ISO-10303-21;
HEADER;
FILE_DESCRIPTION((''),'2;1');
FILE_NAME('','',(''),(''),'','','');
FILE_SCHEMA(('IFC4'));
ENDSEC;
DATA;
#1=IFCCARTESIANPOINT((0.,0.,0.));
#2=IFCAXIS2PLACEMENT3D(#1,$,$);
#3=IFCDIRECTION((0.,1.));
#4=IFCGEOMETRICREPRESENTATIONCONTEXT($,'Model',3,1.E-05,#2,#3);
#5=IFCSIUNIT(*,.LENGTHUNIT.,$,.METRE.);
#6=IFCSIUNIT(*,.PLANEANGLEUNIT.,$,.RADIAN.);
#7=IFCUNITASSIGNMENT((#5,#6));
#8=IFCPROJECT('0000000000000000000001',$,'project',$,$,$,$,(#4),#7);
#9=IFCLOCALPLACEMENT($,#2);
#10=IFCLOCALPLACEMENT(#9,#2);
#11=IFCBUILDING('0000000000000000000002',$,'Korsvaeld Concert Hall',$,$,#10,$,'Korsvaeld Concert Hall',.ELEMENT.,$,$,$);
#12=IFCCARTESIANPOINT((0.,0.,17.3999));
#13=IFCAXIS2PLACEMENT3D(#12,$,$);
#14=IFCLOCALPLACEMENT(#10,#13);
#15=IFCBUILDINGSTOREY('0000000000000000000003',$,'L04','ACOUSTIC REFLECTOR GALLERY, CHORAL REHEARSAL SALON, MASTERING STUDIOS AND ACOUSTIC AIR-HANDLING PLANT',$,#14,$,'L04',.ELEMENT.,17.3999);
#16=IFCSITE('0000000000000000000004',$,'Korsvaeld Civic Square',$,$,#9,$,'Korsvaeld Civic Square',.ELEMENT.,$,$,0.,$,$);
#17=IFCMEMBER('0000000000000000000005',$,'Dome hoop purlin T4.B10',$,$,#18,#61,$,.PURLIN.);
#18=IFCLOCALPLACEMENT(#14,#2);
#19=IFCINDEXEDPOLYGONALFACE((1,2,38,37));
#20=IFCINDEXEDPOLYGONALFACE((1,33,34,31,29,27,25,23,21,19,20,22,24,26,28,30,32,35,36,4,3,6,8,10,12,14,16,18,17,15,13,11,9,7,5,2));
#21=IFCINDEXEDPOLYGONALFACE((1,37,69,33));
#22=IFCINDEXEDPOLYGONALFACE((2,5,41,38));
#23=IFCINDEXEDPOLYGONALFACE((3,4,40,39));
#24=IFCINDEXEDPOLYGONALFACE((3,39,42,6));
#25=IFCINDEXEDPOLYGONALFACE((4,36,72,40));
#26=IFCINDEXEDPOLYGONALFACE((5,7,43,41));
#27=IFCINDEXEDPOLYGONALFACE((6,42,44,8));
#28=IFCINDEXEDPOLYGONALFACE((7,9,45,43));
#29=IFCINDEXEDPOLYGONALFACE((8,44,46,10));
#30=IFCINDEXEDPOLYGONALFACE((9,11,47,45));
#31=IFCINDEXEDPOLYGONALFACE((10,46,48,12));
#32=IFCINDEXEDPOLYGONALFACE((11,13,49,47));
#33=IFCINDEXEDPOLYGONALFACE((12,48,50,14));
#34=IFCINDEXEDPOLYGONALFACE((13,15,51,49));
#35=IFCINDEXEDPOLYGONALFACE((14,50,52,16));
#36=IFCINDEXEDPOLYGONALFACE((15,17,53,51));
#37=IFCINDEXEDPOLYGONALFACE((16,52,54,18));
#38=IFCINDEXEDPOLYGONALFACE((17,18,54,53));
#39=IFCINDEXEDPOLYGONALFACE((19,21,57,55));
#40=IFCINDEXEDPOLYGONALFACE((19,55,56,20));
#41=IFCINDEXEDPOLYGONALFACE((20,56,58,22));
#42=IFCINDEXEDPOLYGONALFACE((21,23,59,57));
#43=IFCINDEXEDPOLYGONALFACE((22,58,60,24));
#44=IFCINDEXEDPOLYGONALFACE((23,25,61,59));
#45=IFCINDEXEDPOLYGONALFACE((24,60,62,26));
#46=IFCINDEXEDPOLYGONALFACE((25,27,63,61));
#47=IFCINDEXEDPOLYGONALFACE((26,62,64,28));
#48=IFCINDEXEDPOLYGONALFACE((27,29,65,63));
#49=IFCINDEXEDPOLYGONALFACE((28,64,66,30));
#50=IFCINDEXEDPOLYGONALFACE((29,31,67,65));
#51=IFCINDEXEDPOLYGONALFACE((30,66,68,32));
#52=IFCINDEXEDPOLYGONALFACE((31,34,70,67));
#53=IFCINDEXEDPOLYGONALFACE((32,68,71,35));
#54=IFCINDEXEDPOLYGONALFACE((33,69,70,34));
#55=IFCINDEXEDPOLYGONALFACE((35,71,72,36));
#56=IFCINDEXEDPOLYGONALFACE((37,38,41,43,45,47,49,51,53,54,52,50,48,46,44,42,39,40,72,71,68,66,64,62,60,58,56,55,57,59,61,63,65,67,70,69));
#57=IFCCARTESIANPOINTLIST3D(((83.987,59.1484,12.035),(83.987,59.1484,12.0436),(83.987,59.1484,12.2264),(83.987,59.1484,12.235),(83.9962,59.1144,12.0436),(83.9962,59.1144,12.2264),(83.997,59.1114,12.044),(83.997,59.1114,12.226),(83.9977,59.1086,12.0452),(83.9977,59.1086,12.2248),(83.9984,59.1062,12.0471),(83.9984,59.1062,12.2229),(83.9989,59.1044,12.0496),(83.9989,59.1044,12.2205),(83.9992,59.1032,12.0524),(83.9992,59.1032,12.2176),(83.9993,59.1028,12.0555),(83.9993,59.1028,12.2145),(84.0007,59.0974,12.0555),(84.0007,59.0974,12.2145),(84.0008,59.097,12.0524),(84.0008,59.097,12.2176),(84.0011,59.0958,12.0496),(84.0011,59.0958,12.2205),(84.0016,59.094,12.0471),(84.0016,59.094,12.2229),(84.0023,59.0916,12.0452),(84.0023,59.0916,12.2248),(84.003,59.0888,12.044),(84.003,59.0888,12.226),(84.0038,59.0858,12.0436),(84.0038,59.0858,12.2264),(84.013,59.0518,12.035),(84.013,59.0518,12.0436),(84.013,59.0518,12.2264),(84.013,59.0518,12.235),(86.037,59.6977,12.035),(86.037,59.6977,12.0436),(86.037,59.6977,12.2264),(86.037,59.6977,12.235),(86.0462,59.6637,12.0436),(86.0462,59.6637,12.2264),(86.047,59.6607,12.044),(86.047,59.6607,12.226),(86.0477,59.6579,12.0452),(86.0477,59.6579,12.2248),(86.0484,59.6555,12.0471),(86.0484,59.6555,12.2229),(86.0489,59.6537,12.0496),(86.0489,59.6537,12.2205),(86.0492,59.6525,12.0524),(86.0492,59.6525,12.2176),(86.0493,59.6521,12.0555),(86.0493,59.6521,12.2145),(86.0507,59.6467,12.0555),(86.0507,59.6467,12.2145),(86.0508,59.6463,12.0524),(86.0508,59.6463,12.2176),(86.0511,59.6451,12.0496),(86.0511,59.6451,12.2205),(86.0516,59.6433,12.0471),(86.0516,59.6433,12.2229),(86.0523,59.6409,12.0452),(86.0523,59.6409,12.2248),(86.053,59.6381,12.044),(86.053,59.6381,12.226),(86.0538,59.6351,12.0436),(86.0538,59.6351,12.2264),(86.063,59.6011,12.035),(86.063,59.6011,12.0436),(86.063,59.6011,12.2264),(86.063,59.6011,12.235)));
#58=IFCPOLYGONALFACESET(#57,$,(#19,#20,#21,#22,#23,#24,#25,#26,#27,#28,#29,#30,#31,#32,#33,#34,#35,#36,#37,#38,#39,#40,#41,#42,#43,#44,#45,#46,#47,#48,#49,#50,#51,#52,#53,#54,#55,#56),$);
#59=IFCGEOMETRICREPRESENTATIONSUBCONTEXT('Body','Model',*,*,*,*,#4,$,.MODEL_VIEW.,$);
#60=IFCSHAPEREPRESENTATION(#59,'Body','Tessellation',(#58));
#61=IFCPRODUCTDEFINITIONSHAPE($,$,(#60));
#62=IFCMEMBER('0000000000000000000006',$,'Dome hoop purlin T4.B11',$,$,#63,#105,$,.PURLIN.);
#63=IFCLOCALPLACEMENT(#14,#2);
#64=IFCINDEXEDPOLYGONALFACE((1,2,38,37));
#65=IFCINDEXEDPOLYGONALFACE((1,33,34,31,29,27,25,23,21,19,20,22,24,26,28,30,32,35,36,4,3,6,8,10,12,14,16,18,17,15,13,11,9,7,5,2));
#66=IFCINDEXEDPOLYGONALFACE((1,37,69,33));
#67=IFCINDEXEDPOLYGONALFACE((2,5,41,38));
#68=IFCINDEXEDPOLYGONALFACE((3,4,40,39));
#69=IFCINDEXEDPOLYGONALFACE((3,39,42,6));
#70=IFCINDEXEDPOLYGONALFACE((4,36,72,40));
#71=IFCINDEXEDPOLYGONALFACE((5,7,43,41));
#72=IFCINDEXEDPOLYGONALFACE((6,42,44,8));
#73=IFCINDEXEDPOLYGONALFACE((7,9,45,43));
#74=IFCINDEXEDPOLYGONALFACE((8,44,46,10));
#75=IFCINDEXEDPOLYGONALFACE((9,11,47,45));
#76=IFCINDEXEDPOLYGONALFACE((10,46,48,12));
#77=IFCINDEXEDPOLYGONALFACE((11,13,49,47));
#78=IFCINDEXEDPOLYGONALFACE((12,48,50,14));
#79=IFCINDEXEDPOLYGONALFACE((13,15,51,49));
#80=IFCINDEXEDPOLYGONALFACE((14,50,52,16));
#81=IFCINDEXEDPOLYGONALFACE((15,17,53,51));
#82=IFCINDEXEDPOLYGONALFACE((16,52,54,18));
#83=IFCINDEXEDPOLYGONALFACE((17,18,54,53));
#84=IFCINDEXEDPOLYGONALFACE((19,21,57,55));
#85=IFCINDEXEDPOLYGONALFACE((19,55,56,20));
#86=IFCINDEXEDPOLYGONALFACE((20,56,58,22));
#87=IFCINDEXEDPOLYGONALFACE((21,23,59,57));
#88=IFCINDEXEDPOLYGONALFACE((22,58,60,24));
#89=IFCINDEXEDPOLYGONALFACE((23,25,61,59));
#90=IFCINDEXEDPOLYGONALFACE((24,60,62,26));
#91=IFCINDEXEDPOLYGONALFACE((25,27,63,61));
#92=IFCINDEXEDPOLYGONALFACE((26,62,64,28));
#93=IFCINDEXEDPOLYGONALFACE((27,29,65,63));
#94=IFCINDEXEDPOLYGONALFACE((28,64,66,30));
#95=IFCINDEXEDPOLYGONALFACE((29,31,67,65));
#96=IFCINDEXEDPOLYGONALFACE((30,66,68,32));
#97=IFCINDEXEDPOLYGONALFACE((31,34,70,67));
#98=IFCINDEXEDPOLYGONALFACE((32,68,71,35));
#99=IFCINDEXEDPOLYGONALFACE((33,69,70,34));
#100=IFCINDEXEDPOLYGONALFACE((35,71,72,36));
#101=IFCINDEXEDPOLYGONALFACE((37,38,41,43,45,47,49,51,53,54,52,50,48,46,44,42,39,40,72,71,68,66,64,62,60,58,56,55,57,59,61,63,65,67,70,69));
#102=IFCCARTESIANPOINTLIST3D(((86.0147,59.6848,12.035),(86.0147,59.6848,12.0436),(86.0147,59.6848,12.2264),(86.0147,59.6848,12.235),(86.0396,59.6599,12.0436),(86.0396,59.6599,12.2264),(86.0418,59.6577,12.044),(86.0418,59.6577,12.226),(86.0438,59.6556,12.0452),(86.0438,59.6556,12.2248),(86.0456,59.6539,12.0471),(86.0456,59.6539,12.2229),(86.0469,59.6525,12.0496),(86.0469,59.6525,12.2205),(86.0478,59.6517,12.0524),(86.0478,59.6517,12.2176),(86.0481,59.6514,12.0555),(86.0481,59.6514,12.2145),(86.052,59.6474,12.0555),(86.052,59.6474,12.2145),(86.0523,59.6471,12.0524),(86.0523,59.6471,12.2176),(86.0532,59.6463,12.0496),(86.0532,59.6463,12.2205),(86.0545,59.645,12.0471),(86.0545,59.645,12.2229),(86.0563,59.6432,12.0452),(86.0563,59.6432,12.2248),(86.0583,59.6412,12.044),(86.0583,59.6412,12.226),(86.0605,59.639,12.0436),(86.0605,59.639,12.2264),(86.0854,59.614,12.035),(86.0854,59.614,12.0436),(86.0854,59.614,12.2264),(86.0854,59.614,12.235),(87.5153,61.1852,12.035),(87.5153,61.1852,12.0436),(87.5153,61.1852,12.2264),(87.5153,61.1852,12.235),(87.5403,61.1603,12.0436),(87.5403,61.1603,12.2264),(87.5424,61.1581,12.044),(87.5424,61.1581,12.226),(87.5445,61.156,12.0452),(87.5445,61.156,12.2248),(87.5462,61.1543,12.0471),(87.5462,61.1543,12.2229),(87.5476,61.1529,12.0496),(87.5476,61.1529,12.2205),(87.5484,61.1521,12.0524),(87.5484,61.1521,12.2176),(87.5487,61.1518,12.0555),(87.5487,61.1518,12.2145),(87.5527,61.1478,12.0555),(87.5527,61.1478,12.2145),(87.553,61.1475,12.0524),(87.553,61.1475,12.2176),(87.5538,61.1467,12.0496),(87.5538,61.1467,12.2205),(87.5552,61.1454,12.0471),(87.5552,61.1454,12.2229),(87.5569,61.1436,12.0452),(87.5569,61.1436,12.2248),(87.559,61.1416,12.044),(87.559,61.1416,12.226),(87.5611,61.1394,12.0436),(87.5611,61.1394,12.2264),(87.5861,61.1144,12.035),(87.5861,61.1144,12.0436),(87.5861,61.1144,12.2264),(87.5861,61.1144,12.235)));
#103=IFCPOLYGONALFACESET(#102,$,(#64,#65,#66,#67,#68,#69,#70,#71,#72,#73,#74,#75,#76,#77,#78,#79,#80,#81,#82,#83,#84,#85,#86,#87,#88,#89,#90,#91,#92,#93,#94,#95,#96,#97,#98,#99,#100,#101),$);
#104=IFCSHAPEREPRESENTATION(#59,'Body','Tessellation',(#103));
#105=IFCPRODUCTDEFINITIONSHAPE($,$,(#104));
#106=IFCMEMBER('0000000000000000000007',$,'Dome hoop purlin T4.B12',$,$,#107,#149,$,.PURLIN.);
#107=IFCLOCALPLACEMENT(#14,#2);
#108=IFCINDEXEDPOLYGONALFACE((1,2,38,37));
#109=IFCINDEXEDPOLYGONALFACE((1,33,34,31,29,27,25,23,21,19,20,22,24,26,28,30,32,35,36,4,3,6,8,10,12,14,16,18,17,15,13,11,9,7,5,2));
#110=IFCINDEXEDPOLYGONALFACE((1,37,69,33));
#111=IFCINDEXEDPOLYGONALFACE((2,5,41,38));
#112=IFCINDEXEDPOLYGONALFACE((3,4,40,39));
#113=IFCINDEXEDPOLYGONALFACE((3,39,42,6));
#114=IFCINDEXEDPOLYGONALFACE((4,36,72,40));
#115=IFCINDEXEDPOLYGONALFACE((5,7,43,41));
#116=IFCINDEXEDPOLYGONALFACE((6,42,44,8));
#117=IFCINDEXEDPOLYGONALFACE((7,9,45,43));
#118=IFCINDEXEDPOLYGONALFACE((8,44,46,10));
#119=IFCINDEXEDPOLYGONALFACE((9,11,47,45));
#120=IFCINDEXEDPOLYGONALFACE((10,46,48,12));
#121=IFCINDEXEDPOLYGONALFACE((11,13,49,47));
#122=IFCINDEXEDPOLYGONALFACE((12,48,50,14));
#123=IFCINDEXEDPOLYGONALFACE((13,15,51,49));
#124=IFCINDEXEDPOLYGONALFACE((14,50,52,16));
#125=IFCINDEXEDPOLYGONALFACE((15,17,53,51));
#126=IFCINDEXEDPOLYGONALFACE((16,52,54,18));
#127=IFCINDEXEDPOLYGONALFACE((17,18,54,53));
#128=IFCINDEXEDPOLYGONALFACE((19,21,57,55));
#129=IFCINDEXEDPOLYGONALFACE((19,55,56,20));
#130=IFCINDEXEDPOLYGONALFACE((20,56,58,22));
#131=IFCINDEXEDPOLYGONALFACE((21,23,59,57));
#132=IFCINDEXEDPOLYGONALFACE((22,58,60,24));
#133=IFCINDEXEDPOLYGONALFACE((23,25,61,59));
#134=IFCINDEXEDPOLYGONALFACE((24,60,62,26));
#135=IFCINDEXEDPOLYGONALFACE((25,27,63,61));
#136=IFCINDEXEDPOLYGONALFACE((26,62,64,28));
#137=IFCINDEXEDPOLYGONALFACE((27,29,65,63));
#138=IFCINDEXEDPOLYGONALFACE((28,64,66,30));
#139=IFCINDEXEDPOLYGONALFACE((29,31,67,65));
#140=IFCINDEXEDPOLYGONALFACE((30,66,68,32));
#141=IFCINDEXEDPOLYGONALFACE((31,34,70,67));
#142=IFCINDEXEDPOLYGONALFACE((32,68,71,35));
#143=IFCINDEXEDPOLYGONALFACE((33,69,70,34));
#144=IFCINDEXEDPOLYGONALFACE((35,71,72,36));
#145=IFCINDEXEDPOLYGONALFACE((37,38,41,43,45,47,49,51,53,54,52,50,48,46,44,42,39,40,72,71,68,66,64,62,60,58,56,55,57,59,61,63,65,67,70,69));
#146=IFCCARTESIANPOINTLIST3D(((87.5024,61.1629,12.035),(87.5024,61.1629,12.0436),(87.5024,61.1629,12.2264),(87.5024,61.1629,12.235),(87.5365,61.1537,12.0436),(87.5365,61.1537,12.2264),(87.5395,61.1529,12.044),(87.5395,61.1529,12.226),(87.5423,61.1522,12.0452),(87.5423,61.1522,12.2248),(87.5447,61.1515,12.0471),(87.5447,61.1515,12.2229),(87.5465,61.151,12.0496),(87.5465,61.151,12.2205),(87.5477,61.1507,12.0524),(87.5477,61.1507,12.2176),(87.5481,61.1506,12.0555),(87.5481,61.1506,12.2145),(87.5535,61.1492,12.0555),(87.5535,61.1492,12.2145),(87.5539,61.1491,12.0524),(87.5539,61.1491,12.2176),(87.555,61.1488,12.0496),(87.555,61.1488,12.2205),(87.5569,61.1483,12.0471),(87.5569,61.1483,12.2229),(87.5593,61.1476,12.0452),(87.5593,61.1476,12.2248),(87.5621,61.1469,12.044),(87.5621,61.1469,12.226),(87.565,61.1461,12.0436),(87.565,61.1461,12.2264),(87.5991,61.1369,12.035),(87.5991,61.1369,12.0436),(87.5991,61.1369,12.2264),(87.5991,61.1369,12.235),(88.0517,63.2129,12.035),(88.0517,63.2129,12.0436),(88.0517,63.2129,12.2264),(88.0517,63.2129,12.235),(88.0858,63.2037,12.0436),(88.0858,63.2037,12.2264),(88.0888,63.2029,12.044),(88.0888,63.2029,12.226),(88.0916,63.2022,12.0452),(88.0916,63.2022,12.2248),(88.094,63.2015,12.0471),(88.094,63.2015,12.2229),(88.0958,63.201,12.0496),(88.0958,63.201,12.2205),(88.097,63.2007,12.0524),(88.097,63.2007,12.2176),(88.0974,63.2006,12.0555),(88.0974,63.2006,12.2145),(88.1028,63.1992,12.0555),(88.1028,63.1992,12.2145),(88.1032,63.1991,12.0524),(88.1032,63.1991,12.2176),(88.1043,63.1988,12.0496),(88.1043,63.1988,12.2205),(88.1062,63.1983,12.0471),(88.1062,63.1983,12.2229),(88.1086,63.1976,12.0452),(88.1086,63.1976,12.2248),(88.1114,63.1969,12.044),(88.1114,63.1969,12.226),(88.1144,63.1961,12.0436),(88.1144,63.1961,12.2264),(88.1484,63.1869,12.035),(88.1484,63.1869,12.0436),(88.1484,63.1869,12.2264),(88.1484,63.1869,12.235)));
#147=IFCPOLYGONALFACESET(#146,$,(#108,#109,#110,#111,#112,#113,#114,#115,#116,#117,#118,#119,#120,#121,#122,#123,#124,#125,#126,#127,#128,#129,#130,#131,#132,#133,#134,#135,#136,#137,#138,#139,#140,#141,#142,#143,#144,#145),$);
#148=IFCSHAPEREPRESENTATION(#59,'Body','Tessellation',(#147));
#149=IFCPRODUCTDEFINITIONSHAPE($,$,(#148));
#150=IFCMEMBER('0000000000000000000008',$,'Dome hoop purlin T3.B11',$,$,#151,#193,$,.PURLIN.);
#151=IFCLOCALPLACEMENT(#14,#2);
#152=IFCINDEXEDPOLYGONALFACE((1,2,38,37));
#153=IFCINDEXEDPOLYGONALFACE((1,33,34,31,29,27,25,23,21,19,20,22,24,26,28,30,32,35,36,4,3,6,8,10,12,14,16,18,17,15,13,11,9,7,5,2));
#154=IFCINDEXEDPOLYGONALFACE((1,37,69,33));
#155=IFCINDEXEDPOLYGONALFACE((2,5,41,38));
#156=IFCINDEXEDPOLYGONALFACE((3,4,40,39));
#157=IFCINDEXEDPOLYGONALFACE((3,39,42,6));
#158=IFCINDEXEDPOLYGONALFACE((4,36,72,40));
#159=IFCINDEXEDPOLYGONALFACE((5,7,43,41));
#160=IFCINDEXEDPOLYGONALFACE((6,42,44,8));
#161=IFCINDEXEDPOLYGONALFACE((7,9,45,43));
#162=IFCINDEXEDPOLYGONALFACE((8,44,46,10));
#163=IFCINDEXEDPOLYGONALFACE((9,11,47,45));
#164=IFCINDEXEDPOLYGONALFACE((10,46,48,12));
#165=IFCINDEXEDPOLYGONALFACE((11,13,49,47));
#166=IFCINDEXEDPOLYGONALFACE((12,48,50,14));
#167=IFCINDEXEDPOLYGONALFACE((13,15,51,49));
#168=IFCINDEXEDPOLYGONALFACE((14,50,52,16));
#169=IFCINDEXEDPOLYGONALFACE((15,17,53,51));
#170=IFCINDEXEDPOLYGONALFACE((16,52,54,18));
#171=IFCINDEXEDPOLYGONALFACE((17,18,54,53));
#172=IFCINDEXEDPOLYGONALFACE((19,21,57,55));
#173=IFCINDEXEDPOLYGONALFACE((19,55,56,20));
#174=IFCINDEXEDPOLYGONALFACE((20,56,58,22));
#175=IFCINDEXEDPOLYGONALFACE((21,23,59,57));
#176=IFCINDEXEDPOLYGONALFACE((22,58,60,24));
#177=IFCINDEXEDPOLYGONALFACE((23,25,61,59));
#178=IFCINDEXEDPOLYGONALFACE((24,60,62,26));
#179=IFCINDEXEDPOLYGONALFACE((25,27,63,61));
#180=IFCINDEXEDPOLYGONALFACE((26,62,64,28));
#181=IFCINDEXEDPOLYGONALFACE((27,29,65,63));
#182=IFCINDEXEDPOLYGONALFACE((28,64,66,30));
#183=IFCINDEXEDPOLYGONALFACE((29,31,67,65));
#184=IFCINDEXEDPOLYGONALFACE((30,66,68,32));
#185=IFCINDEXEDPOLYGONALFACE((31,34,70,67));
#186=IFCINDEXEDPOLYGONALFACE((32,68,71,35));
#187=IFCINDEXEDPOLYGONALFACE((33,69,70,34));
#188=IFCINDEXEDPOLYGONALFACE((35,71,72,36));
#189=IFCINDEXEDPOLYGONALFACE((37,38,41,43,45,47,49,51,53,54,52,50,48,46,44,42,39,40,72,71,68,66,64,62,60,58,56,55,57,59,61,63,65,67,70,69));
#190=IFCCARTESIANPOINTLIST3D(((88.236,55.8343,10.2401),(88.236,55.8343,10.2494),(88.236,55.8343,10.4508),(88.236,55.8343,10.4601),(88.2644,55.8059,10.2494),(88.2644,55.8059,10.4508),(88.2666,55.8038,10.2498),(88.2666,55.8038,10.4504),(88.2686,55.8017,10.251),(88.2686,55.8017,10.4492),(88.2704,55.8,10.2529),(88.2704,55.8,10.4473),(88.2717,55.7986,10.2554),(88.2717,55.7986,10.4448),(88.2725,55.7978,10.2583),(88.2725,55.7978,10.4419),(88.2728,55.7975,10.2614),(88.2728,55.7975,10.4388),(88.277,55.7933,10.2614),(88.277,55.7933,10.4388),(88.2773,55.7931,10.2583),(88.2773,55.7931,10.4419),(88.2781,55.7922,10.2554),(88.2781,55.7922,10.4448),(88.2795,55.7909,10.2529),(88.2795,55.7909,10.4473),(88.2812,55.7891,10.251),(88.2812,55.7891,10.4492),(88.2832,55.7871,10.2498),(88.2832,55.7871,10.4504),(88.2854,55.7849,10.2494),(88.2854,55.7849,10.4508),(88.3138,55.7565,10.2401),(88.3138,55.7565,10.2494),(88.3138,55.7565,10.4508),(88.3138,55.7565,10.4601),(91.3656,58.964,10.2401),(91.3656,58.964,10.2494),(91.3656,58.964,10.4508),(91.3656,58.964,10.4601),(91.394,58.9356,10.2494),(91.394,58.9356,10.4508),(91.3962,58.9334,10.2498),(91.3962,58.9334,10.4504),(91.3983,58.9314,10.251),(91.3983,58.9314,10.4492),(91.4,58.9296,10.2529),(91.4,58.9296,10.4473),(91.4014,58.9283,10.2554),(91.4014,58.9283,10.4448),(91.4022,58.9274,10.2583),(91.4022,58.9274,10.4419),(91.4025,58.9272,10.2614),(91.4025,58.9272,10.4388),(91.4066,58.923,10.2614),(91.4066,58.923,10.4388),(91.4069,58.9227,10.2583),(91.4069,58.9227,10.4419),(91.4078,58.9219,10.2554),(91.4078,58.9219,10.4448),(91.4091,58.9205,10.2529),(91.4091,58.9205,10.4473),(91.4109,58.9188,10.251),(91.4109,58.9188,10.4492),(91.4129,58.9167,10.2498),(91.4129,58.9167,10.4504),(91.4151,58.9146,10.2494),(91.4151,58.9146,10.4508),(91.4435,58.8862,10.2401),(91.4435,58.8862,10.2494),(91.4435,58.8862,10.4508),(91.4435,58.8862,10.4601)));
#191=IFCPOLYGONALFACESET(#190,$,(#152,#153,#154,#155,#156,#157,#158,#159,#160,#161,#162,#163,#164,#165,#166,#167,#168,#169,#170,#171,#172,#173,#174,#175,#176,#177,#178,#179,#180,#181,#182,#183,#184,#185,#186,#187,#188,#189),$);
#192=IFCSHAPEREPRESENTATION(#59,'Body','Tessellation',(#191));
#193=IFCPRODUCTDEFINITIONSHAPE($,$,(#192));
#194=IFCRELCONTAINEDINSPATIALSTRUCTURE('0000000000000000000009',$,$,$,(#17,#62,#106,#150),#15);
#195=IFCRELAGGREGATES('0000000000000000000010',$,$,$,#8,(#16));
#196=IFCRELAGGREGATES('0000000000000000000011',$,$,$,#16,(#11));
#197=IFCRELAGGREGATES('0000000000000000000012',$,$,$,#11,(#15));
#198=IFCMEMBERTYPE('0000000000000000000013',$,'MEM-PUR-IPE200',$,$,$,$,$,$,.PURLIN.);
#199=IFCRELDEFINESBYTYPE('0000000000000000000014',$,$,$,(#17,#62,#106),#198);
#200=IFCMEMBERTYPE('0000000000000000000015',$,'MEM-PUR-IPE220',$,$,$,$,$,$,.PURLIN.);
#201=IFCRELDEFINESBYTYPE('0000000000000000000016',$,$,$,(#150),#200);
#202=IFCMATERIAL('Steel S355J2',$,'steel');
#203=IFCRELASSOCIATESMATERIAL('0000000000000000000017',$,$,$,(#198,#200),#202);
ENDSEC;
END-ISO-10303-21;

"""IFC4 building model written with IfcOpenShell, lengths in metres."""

from ifc_helpers import new_model, si_unit, direction, frame, origin, origin_2d, place, context, subcontext, project, spatial, i_section, extrude, material, material_profile, profile_set, type_object, element, save


model = new_model("IFC4")

# Units and contexts
model_context = context("Model", 3, precision=1e-05, world=origin(), true_north=direction((0.0, 1.0)))
body_context = subcontext(model_context, "Body", "Model", "MODEL_VIEW")
ifc_project = project(units=[si_unit("LENGTHUNIT", "METRE"), si_unit("PLANEANGLEUNIT", "RADIAN")], contexts=[model_context])

# Site, building, storey
site_placement = place(None, origin())
site = spatial("IfcSite", under=ifc_project, at=site_placement, Name="Korsvaeld Civic Square", LongName="Korsvaeld Civic Square", CompositionType="ELEMENT", RefElevation=0.0)
building_placement = place(site_placement, origin())
building = spatial("IfcBuilding", under=site, at=building_placement, Name="Korsvaeld Concert Hall", LongName="Korsvaeld Concert Hall", CompositionType="ELEMENT")
storey_placement = place(building_placement, frame((0.0, 0.0, 17.3999)))
storey = spatial("IfcBuildingStorey", under=building, at=storey_placement, Name="L04", Description="ACOUSTIC REFLECTOR GALLERY, CHORAL REHEARSAL SALON, MASTERING STUDIOS AND ACOUSTIC AIR-HANDLING PLANT", LongName="L04", CompositionType="ELEMENT", Elevation=17.3999)

# Shared definitions
ifc_material_1 = material(Name="Steel S355J2", Category="steel")

# Members
ifc_material_profile_1 = material_profile(ifc_material_1, i_section(OverallWidth=0.1001, OverallDepth=0.2, WebThickness=0.0056, FlangeThickness=0.0085, FilletRadius=0.012, at=origin_2d()), Name="IPE 200")
ifc_profile_set_1 = profile_set([ifc_material_profile_1], Name="Steel S355J2")
member_type_1 = type_object("IfcMemberType", Name="MEM-PUR-IPE200", PredefinedType="PURLIN", material=ifc_profile_set_1)
member_1_placement = place(storey_placement, frame((84.0, 59.1001, 12.135), z_axis=(0.965925, 0.258822, 0.0), x_axis=(-0.258822, 0.965925, 0.0)))
element("IfcMember", 1, at=member_1_placement, inside=storey, type_object=member_type_1, Name="Dome hoop purlin T4.B10", PredefinedType="PURLIN", context=body_context, shape_type="SweptSolid", body=[
    extrude(i_section(OverallWidth=0.1001, OverallDepth=0.2, WebThickness=0.0056, FlangeThickness=0.0085, FilletRadius=0.012, at=origin_2d()), origin(), (0.0, 0.0, 1.0), 2.1223),
])
member_2_placement = place(storey_placement, frame((86.05, 59.6494, 12.135), z_axis=(0.707164, 0.707049, 0.0), x_axis=(-0.707049, 0.707164, 0.0)))
element("IfcMember", 2, at=member_2_placement, inside=storey, type_object=member_type_1, Name="Dome hoop purlin T4.B11", PredefinedType="PURLIN", context=body_context, shape_type="SweptSolid", body=[
    extrude(i_section(OverallWidth=0.1001, OverallDepth=0.2, WebThickness=0.0056, FlangeThickness=0.0085, FilletRadius=0.012, at=origin_2d()), origin(), (0.0, 0.0, 1.0), 2.1221),
])
member_3_placement = place(storey_placement, frame((87.5508, 61.1499, 12.135), z_axis=(0.258822, 0.965925, 0.0), x_axis=(-0.965925, 0.258822, 0.0)))
element("IfcMember", 3, at=member_3_placement, inside=storey, type_object=member_type_1, Name="Dome hoop purlin T4.B12", PredefinedType="PURLIN", context=body_context, shape_type="SweptSolid", body=[
    extrude(i_section(OverallWidth=0.1001, OverallDepth=0.2, WebThickness=0.0056, FlangeThickness=0.0085, FilletRadius=0.012, at=origin_2d()), origin(), (0.0, 0.0, 1.0), 2.1223),
])
ifc_material_profile_2 = material_profile(ifc_material_1, i_section(OverallWidth=0.1101, OverallDepth=0.22, WebThickness=0.0059, FlangeThickness=0.0093, FilletRadius=0.012, at=origin_2d()), Name="IPE 220")
ifc_profile_set_2 = profile_set([ifc_material_profile_2], Name="Steel S355J2")
member_type_2 = type_object("IfcMemberType", Name="MEM-PUR-IPE220", PredefinedType="PURLIN", material=ifc_profile_set_2)
member_4_placement = place(storey_placement, frame((88.2749, 55.7954, 10.3501), z_axis=(0.707107, 0.707107, 0.0), x_axis=(-0.707107, 0.707107, 0.0)))
element("IfcMember", 4, at=member_4_placement, inside=storey, type_object=member_type_2, Name="Dome hoop purlin T3.B11", PredefinedType="PURLIN", context=body_context, shape_type="SweptSolid", body=[
    extrude(i_section(OverallWidth=0.1101, OverallDepth=0.22, WebThickness=0.0059, FlangeThickness=0.0093, FilletRadius=0.012, at=origin_2d()), origin(), (0.0, 0.0, 1.0), 4.426),
])

save(model, "model.ifc")
